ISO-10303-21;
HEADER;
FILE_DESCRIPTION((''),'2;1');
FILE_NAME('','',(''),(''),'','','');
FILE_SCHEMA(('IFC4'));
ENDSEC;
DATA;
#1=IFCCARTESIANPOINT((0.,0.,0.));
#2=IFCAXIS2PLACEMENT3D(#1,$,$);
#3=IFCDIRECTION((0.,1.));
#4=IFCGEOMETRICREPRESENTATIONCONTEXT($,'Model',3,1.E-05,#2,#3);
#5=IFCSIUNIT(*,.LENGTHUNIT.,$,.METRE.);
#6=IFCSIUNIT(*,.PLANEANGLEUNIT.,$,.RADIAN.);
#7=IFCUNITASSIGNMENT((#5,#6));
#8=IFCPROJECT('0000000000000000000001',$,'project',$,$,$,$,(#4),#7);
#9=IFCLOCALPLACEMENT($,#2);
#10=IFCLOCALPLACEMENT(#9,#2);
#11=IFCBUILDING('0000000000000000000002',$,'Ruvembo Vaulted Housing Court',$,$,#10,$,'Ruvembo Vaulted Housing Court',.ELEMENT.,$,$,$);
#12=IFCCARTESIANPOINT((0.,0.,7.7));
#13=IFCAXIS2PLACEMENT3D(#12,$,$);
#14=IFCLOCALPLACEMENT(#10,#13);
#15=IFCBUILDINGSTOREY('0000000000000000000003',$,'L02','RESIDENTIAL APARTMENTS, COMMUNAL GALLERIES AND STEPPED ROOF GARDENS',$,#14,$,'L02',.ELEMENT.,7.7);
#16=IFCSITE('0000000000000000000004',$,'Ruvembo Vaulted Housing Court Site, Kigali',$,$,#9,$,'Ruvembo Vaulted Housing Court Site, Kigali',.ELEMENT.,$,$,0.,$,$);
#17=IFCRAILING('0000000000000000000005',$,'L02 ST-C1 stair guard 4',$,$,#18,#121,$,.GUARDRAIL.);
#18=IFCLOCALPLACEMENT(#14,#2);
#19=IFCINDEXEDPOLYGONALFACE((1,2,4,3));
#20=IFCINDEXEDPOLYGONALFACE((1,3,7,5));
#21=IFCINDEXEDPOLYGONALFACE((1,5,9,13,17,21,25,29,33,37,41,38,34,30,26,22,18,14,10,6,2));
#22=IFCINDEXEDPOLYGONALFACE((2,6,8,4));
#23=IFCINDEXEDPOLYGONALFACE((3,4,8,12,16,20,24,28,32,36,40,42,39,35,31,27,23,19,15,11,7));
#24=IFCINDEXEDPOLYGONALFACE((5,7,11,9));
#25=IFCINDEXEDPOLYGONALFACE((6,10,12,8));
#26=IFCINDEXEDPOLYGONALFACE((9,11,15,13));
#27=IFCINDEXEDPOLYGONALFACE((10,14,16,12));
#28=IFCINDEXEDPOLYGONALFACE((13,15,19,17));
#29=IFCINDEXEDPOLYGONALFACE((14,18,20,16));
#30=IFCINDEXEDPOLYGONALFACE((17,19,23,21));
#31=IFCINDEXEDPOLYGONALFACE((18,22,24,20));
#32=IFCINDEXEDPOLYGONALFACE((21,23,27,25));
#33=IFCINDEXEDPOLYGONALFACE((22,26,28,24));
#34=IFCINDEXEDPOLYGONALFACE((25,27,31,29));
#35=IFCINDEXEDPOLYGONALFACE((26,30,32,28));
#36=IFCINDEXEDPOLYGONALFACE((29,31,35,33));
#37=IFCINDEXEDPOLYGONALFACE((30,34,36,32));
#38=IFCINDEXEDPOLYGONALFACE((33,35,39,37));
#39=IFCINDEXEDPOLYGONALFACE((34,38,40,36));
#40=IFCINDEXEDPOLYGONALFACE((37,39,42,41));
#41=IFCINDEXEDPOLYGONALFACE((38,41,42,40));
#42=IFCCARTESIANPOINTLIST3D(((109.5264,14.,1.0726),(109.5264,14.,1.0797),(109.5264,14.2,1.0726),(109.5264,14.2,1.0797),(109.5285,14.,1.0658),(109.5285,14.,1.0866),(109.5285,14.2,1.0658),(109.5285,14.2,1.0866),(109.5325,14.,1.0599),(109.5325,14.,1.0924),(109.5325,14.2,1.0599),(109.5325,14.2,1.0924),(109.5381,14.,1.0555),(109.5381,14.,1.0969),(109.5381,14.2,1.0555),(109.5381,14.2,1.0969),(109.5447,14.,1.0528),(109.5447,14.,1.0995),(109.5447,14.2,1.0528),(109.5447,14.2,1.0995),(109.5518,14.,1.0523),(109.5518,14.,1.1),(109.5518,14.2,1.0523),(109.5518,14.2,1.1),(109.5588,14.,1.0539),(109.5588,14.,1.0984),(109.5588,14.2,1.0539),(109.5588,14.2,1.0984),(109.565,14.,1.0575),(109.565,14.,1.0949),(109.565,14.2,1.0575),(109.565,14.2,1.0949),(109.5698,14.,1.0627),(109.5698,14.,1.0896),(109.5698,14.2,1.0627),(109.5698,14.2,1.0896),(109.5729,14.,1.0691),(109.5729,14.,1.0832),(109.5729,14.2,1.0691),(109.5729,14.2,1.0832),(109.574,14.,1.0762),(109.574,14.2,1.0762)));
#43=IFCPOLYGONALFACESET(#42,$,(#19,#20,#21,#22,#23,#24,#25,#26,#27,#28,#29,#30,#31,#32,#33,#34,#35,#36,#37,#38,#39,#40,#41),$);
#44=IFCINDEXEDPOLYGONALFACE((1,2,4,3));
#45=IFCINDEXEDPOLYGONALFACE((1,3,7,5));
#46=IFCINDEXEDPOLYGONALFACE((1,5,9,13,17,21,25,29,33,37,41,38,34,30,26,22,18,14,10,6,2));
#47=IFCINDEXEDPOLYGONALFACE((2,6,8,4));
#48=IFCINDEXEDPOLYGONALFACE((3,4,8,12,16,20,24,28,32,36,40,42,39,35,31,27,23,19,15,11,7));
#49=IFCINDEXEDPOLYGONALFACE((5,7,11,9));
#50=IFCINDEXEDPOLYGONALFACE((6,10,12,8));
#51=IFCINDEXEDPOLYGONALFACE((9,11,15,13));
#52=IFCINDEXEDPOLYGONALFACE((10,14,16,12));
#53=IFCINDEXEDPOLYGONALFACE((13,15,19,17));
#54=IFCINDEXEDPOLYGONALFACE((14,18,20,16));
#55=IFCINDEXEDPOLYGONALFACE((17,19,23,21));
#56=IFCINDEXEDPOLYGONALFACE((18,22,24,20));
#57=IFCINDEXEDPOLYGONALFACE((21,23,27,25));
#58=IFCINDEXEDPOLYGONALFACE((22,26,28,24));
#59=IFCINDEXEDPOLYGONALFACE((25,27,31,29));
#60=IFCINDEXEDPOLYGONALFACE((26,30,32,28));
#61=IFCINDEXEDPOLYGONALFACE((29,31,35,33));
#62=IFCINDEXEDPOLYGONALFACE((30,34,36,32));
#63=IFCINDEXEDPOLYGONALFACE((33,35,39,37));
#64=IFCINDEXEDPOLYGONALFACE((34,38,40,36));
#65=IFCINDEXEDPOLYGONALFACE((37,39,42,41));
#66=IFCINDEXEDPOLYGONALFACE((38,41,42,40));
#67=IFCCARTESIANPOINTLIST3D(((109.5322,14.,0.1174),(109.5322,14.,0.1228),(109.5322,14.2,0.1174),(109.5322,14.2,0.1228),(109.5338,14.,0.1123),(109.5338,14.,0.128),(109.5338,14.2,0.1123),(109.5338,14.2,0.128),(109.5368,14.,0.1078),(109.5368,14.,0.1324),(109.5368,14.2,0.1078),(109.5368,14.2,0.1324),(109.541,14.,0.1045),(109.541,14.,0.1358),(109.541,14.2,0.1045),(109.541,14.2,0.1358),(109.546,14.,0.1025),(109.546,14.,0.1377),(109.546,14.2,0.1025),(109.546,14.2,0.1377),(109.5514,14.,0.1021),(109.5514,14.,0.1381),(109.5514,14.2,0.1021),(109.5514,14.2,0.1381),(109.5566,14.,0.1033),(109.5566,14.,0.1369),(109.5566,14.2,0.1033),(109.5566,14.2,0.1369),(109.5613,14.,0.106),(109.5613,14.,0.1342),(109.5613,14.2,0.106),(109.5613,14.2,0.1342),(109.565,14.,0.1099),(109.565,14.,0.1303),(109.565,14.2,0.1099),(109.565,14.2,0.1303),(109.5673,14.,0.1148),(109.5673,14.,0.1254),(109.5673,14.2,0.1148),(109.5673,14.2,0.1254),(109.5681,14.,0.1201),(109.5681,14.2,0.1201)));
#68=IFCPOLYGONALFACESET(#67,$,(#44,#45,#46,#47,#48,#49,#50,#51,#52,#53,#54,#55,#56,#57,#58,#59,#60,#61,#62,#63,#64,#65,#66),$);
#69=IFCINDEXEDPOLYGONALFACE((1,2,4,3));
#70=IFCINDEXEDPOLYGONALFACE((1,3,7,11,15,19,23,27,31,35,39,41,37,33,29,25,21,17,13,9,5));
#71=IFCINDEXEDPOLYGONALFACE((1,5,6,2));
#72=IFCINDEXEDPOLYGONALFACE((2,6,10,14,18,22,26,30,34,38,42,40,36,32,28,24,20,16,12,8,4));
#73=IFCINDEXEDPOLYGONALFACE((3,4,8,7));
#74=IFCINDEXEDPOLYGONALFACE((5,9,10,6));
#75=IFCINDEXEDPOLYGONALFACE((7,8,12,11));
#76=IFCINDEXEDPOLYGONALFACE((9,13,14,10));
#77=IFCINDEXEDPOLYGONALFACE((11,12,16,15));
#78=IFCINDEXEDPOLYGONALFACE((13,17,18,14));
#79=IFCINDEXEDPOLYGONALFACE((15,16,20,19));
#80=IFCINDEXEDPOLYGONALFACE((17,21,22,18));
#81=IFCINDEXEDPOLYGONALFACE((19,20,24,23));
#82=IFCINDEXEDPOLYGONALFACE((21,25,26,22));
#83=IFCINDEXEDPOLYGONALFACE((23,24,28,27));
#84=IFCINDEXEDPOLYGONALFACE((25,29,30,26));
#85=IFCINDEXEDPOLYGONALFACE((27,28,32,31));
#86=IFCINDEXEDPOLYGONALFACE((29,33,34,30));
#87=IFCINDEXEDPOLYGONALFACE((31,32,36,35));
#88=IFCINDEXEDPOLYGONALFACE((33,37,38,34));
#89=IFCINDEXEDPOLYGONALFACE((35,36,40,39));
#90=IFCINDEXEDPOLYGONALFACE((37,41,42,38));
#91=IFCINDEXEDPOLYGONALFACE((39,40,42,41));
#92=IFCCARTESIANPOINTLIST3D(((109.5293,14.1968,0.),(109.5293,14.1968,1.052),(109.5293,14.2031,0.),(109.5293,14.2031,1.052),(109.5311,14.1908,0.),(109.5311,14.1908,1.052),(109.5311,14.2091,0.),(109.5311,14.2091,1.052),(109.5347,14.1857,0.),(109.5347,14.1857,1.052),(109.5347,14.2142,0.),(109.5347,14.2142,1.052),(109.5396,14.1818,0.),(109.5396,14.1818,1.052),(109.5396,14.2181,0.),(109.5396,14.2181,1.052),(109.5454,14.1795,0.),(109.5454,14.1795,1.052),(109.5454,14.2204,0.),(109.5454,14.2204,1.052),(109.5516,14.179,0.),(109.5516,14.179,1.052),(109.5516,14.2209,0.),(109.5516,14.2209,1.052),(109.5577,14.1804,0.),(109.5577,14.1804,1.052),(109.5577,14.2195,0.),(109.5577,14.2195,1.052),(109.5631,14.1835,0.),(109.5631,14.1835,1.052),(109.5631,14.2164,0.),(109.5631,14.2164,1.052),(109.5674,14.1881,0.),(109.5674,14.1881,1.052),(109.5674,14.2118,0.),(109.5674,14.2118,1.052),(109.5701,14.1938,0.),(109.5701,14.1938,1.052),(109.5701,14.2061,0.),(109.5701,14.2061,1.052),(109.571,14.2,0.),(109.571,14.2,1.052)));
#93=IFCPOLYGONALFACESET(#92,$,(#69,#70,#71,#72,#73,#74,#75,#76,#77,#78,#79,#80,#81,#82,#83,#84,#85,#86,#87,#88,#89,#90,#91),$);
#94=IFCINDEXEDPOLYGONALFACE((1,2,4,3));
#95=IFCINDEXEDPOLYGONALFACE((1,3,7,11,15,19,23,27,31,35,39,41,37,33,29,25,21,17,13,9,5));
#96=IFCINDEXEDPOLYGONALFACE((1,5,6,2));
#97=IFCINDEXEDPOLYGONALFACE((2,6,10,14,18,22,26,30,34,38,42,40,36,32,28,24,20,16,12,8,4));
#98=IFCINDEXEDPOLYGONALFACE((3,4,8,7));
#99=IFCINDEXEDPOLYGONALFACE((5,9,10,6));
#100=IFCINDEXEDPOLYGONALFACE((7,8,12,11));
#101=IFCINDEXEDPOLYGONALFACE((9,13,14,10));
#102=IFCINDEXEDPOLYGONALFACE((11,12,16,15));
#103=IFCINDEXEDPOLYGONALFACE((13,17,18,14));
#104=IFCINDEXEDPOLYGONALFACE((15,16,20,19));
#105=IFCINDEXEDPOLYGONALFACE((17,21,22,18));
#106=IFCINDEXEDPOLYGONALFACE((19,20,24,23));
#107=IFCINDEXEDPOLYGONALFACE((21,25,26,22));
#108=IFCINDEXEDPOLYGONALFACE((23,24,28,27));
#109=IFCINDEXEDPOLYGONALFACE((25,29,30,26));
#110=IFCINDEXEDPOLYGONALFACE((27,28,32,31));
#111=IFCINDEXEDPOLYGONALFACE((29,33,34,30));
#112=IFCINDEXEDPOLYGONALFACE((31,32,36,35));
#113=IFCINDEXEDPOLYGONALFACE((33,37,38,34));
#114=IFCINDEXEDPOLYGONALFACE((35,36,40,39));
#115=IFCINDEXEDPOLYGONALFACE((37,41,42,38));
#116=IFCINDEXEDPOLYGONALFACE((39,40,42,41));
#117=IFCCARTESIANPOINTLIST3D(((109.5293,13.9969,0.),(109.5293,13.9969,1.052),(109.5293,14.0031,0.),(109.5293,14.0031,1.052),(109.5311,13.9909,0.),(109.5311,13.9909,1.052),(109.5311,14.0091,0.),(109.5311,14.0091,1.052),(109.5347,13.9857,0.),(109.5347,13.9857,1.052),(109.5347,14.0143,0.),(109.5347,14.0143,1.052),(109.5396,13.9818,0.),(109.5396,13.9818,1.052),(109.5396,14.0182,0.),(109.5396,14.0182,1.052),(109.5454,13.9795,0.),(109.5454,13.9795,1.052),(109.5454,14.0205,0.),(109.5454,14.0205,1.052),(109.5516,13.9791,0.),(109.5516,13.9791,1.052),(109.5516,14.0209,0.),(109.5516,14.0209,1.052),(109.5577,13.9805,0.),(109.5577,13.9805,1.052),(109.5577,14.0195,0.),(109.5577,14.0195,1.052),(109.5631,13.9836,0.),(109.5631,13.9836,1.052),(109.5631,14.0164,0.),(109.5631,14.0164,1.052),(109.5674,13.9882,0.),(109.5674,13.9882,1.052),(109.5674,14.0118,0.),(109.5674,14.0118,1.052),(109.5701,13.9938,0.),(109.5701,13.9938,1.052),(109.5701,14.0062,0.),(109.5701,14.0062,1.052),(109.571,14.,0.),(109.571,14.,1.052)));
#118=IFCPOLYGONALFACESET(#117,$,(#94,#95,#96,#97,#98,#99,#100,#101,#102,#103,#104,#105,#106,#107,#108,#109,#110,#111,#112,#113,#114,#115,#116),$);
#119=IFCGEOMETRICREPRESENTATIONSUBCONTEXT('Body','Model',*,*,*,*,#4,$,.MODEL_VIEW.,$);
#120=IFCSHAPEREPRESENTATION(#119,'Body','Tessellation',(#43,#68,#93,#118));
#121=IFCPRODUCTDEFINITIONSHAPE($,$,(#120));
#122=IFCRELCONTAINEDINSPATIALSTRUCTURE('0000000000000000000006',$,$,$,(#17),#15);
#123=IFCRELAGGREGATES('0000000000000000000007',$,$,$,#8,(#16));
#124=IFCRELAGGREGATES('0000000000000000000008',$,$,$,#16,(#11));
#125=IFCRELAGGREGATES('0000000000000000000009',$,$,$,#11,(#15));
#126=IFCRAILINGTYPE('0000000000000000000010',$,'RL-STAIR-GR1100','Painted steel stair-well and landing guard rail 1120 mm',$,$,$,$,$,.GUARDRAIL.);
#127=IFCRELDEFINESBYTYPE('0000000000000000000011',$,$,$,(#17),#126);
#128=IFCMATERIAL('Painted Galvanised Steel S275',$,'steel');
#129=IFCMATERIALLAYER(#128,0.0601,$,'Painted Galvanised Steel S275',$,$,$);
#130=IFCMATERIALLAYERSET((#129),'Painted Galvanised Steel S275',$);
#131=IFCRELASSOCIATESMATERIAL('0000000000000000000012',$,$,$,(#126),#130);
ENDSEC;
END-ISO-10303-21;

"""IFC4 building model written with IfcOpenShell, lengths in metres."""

from ifc_helpers import new_model, si_unit, direction, frame, origin, origin_2d, place, context, subcontext, project, spatial, circle, extrude, material, layer, layer_set, type_object, element, save


model = new_model("IFC4")

# Units and contexts
model_context = context("Model", 3, precision=1e-05, world=origin(), true_north=direction((0.0, 1.0)))
body_context = subcontext(model_context, "Body", "Model", "MODEL_VIEW")
ifc_project = project(units=[si_unit("LENGTHUNIT", "METRE"), si_unit("PLANEANGLEUNIT", "RADIAN")], contexts=[model_context])

# Site, building, storey
site_placement = place(None, origin())
site = spatial("IfcSite", under=ifc_project, at=site_placement, Name="Ruvembo Vaulted Housing Court Site, Kigali", LongName="Ruvembo Vaulted Housing Court Site, Kigali", CompositionType="ELEMENT", RefElevation=0.0)
building_placement = place(site_placement, origin())
building = spatial("IfcBuilding", under=site, at=building_placement, Name="Ruvembo Vaulted Housing Court", LongName="Ruvembo Vaulted Housing Court", CompositionType="ELEMENT")
storey_placement = place(building_placement, frame((0.0, 0.0, 7.7)))
storey = spatial("IfcBuildingStorey", under=building, at=storey_placement, Name="L02", Description="RESIDENTIAL APARTMENTS, COMMUNAL GALLERIES AND STEPPED ROOF GARDENS", LongName="L02", CompositionType="ELEMENT", Elevation=7.7)

# Railing
ifc_material_1 = material(Name="Painted Galvanised Steel S275", Category="steel")
ifc_layer_1 = layer(ifc_material_1, 0.0601, Name="Painted Galvanised Steel S275")
ifc_layer_set_1 = layer_set([ifc_layer_1], Name="Painted Galvanised Steel S275")
railing_type_1 = type_object("IfcRailingType", Name="RL-STAIR-GR1100", Description="Painted steel stair-well and landing guard rail 1120 mm", PredefinedType="GUARDRAIL", material=ifc_layer_set_1)
railing_1_placement = place(storey_placement, frame((109.55, 14.2, 0.0)))
element("IfcRailing", 1, at=railing_1_placement, inside=storey, type_object=railing_type_1, Name="L02 ST-C1 stair guard 4", PredefinedType="GUARDRAIL", context=body_context, shape_type="SweptSolid", body=[
    extrude(circle(Radius=0.0239, at=origin_2d()), frame((0.0, 0.0, 1.0762), z_axis=(0.0, -1.0, 0.0), x_axis=(1.0, 0.0, 0.0)), (0.0, 0.0, 1.0), 0.2),
    extrude(circle(Radius=0.0181, at=origin_2d()), frame((0.0, 0.0, 0.1201), z_axis=(0.0, -1.0, 0.0), x_axis=(1.0, 0.0, 0.0)), (0.0, 0.0, 1.0), 0.2),
    extrude(circle(Radius=0.021, at=origin_2d()), origin(), (0.0, 0.0, 1.0), 1.052),
    extrude(circle(Radius=0.021, at=origin_2d()), frame((0.0, -0.2, 0.0)), (0.0, 0.0, 1.0), 1.052),
])

save(model, "model.ifc")
